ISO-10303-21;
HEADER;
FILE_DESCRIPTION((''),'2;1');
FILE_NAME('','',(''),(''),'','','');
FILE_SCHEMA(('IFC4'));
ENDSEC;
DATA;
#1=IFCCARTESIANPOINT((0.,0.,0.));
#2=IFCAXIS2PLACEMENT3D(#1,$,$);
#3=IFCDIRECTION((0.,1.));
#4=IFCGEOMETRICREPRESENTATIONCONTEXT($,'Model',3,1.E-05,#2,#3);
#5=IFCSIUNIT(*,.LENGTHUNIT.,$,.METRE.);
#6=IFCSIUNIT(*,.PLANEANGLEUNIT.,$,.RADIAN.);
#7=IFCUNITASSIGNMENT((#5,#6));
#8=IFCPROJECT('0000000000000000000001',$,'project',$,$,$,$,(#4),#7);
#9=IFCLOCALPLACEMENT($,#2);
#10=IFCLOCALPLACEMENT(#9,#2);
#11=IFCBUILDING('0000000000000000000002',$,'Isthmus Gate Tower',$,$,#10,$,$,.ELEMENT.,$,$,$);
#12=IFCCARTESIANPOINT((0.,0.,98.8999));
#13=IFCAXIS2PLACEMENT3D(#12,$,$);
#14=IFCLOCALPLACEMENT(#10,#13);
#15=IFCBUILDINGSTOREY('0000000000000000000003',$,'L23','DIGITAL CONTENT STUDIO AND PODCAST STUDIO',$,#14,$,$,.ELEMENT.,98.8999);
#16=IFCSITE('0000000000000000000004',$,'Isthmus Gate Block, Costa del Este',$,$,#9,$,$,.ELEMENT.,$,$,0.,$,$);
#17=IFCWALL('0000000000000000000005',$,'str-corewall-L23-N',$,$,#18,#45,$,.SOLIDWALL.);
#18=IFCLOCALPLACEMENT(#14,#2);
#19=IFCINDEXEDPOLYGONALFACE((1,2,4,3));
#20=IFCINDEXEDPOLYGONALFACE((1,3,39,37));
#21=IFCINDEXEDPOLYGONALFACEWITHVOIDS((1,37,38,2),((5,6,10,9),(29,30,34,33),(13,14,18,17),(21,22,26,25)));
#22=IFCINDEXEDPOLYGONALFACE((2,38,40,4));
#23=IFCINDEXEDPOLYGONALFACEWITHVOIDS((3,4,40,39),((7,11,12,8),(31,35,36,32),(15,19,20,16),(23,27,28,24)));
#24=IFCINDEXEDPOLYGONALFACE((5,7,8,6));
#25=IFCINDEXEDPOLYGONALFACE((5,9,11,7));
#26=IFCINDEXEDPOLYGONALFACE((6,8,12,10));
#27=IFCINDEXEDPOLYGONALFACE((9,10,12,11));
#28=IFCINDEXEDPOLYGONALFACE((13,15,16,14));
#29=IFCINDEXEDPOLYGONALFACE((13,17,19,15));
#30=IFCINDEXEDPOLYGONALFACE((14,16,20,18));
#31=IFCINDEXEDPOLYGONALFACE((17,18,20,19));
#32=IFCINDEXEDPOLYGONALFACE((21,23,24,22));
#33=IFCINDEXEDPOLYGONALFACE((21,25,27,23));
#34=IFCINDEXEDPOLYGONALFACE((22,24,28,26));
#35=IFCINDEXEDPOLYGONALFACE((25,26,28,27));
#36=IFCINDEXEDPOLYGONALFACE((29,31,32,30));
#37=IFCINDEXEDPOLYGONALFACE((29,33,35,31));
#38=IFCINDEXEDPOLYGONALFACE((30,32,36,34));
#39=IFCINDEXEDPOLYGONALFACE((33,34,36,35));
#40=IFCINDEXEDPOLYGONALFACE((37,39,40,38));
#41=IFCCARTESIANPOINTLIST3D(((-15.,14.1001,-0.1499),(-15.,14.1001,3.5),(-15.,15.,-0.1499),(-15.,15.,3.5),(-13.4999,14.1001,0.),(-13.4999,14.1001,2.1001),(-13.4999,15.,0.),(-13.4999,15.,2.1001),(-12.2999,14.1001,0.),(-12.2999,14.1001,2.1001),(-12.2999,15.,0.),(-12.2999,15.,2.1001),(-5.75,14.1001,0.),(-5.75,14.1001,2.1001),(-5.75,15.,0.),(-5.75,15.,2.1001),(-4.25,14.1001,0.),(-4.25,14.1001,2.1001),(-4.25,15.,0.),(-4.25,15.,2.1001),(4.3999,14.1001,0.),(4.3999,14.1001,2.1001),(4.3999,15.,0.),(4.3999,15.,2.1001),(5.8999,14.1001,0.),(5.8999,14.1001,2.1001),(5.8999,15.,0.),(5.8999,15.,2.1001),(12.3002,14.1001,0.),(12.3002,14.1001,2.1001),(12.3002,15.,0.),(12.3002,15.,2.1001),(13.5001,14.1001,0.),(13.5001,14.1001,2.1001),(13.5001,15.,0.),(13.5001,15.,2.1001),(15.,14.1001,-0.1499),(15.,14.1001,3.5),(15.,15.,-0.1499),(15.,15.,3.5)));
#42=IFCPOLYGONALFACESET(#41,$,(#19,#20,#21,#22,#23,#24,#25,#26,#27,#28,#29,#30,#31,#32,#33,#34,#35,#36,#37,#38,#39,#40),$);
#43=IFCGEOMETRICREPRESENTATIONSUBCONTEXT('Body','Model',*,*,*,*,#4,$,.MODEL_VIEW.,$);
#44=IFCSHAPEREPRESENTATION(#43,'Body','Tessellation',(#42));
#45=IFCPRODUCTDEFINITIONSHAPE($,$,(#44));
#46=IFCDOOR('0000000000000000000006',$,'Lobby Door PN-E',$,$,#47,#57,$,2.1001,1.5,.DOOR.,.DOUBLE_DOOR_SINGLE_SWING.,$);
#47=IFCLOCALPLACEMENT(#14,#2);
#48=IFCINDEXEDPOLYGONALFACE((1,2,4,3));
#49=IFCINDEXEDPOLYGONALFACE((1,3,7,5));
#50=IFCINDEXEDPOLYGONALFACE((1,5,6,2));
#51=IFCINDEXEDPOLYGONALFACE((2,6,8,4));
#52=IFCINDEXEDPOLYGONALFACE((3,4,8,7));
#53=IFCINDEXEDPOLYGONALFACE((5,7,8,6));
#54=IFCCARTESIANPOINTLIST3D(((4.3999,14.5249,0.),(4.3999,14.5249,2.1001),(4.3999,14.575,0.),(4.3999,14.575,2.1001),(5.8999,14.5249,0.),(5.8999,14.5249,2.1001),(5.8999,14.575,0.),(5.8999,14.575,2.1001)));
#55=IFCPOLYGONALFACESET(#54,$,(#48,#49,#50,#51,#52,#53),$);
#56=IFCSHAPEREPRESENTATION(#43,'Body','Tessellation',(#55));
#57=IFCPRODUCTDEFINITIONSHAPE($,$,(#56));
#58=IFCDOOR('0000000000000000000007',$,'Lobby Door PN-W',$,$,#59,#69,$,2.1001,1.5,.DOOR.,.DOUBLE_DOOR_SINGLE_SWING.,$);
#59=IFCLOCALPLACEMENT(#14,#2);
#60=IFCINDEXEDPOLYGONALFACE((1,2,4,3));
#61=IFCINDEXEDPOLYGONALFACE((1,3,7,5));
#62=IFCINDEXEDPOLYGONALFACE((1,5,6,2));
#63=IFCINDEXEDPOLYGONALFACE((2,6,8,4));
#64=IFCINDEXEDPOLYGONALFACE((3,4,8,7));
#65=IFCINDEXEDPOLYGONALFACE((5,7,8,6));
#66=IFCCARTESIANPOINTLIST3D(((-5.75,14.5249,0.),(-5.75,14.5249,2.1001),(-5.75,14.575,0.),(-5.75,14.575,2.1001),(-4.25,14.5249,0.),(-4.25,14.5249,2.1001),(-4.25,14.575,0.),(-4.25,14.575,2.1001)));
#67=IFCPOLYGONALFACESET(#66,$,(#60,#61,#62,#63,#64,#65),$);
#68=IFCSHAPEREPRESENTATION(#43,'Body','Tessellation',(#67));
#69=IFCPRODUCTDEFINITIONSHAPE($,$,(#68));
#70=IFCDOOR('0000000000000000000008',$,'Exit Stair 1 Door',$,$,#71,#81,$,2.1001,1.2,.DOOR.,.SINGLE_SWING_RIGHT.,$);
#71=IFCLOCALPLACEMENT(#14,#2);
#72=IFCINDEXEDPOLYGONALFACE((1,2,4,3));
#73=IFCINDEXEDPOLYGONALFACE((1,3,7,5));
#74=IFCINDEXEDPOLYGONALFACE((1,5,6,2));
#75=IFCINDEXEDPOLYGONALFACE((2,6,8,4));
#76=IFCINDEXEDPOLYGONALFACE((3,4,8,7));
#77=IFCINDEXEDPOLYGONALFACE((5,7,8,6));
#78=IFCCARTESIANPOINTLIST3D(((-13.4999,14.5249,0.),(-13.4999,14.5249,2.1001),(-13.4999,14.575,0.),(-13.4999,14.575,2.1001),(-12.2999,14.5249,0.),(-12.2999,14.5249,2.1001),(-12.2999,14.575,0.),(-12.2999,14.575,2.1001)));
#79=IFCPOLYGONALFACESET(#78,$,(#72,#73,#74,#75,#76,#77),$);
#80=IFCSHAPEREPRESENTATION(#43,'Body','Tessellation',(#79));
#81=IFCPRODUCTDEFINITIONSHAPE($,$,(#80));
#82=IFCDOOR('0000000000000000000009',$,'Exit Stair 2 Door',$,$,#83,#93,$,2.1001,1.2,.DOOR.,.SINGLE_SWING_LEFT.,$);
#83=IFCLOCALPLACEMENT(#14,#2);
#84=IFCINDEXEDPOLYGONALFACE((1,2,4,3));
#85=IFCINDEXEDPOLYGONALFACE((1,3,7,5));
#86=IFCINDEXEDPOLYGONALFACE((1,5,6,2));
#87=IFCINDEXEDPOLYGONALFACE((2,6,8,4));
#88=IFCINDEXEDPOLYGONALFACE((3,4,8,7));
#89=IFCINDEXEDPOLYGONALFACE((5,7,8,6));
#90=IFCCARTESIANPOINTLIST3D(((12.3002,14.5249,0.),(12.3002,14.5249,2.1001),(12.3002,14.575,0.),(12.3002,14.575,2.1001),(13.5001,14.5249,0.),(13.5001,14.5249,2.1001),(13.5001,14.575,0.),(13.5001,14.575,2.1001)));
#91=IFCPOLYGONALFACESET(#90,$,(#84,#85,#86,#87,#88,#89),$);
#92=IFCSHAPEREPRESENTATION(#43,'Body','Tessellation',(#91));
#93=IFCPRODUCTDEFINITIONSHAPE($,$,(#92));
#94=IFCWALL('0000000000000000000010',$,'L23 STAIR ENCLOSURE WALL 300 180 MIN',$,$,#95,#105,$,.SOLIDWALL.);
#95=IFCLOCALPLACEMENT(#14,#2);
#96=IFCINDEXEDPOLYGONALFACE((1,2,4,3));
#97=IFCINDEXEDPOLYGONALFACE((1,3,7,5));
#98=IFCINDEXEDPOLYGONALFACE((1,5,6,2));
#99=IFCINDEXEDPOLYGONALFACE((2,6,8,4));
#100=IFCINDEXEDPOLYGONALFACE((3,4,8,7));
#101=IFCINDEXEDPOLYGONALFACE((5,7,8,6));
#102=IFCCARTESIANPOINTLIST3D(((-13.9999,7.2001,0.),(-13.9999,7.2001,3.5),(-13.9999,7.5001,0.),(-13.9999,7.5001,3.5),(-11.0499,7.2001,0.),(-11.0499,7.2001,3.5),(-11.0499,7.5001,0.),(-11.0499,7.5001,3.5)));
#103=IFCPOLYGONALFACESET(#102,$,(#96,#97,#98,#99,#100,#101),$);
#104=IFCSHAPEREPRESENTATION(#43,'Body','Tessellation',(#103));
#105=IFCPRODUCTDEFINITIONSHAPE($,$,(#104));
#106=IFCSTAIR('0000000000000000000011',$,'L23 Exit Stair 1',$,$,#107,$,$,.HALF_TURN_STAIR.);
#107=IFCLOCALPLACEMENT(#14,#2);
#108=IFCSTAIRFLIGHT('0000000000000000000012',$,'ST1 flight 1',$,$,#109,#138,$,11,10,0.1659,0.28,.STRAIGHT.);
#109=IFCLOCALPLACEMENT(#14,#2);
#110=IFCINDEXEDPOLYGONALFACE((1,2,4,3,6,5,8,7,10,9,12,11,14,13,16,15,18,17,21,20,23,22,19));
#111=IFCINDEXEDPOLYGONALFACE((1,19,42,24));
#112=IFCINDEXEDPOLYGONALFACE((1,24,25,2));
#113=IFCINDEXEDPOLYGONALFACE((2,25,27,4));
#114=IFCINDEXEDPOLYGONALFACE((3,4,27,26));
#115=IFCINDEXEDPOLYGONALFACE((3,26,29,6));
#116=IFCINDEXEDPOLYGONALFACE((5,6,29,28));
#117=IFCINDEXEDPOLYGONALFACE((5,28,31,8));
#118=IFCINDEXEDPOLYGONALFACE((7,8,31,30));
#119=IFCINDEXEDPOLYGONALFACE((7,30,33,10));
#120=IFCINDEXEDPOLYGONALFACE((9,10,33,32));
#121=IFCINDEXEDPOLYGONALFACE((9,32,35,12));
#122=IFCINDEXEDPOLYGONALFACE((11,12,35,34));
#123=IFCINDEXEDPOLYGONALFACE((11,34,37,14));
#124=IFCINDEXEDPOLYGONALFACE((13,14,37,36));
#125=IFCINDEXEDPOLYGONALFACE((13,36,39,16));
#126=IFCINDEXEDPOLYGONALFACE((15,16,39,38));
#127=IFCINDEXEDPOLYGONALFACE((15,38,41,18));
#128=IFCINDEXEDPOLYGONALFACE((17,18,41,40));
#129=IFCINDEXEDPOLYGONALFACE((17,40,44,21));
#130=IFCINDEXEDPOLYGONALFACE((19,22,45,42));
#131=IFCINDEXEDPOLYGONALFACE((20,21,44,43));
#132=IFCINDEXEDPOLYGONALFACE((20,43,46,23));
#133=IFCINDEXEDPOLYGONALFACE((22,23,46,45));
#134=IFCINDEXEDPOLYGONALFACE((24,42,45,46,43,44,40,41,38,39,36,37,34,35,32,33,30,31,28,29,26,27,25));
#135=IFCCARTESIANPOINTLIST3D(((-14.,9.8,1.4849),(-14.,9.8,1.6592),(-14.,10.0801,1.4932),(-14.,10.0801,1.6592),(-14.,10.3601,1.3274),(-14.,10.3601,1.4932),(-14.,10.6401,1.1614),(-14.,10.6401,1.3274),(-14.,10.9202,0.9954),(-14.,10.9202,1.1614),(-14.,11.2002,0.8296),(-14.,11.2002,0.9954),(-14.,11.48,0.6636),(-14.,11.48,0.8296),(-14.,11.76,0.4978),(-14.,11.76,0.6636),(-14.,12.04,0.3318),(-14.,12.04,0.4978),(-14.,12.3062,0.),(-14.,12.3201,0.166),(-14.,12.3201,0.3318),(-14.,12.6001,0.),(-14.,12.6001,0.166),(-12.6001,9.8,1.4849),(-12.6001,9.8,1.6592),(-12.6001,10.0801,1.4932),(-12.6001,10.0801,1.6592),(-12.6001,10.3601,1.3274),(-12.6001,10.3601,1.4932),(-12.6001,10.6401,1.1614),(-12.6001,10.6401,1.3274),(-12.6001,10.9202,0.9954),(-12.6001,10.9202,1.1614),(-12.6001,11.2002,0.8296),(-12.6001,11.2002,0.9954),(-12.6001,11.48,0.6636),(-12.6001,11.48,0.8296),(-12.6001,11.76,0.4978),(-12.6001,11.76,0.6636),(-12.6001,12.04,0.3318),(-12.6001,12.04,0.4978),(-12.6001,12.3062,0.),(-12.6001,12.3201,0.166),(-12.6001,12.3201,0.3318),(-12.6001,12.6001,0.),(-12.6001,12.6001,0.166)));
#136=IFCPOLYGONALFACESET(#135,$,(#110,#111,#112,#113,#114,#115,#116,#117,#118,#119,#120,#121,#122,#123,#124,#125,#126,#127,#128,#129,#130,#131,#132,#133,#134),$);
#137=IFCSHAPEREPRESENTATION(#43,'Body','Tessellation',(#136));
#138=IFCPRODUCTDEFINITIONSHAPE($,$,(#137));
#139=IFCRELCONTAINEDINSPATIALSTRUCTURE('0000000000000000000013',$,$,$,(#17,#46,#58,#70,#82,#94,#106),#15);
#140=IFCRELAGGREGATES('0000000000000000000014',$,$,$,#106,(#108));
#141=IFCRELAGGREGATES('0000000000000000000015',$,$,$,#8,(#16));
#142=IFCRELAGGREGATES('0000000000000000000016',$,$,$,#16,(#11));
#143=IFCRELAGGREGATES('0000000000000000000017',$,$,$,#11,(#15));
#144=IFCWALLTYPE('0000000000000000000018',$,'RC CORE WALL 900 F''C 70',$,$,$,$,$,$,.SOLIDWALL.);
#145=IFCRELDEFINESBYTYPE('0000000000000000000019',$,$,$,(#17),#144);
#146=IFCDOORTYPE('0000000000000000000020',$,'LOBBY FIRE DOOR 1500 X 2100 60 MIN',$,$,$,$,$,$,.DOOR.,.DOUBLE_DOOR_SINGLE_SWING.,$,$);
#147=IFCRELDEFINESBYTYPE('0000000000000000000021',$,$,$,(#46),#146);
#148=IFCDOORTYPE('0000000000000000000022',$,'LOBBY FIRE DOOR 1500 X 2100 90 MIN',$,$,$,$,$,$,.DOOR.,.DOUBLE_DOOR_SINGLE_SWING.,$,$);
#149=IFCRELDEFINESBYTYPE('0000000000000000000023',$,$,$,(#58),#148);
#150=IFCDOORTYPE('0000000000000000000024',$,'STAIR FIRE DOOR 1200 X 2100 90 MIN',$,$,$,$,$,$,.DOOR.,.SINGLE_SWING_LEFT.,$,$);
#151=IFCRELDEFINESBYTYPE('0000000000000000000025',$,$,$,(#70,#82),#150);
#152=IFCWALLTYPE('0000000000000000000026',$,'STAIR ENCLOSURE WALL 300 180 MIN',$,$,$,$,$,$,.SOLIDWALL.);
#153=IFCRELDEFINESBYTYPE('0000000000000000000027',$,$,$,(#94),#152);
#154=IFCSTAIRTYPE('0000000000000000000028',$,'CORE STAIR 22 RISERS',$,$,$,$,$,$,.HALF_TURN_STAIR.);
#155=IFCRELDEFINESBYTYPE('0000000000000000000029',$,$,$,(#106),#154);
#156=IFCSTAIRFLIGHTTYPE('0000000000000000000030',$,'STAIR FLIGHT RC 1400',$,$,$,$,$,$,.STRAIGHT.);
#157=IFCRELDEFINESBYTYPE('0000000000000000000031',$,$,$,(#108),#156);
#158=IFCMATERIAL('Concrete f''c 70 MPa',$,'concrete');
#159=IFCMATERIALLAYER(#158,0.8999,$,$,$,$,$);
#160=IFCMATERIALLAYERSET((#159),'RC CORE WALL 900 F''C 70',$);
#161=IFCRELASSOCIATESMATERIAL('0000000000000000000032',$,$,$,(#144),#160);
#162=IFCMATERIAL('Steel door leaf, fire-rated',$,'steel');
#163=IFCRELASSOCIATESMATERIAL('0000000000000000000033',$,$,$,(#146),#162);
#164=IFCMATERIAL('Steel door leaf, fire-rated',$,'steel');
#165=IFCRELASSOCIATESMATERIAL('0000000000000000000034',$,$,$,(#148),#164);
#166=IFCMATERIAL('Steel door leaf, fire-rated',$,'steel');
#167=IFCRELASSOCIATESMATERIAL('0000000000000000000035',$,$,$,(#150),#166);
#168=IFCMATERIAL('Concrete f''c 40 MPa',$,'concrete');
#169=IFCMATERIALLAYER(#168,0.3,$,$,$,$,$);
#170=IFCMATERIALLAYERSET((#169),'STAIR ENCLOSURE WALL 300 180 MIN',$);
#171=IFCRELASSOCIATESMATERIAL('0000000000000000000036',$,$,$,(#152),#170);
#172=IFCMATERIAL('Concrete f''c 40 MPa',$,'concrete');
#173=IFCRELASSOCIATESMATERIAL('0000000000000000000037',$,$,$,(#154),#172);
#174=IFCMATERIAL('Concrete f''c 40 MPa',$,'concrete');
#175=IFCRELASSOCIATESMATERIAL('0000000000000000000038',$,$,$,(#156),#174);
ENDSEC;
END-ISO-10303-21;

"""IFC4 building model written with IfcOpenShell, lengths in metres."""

from ifc_helpers import new_model, si_unit, direction, frame, frame_2d, origin, place, context, subcontext, project, spatial, polyline, rectangle, outline, extrude, material, layer, layer_set, type_object, element, fill, aggregate, save


model = new_model("IFC4")

# Units and contexts
model_context = context("Model", 3, precision=1e-05, world=origin(), true_north=direction((0.0, 1.0)))
body_context = subcontext(model_context, "Body", "Model", "MODEL_VIEW")
ifc_project = project(units=[si_unit("LENGTHUNIT", "METRE"), si_unit("PLANEANGLEUNIT", "RADIAN")], contexts=[model_context])

# Site, building, storey
site_placement = place(None, origin())
site = spatial("IfcSite", under=ifc_project, at=site_placement, Name="Isthmus Gate Block, Costa del Este", CompositionType="ELEMENT", RefElevation=0.0)
building_placement = place(site_placement, origin())
building = spatial("IfcBuilding", under=site, at=building_placement, Name="Isthmus Gate Tower", CompositionType="ELEMENT")
storey_placement = place(building_placement, frame((0.0, 0.0, 98.8999)))
storey = spatial("IfcBuildingStorey", under=building, at=storey_placement, Name="L23", Description="DIGITAL CONTENT STUDIO AND PODCAST STUDIO", CompositionType="ELEMENT", Elevation=98.8999)

# Wall, openings, doors
ifc_material_1 = material(Name="Concrete f'c 70 MPa", Category="concrete")
ifc_layer_1 = layer(ifc_material_1, 0.8999)
ifc_layer_set_1 = layer_set([ifc_layer_1], Name="RC CORE WALL 900 F'C 70")
wall_type_1 = type_object("IfcWallType", Name="RC CORE WALL 900 F'C 70", PredefinedType="SOLIDWALL", material=ifc_layer_set_1)
wall_1_placement = place(storey_placement, frame((-15.0, 14.55, -0.1499), z_axis=(0.0, 0.0, 1.0), x_axis=(1.0, 0.0, 0.0)))
wall_1 = element("IfcWall", 1, at=wall_1_placement, inside=storey, type_object=wall_type_1, Name="str-corewall-L23-N", PredefinedType="SOLIDWALL", context=body_context, shape_type="SweptSolid", body=[
    extrude(rectangle(XDim=30.0, YDim=0.8999, at=frame_2d((15.0, 0.0))), origin(), (0.0, 0.0, 1.0), 3.6499),
])
opening_1_placement = place(wall_1_placement, frame((9.25, 0.0, 0.1499)))
opening_1 = element("IfcOpeningElement", 2, at=opening_1_placement, cuts=wall_1, PredefinedType="OPENING", context=body_context, shape_type="SweptSolid", body=[
    extrude(rectangle(XDim=1.5, YDim=2.1001, at=frame_2d((0.75, 1.05))), frame((0.0, 0.46, 0.0), z_axis=(0.0, -1.0, 0.0), x_axis=(1.0, 0.0, 0.0)), (0.0, 0.0, 1.0), 0.9199),
])
opening_2_placement = place(wall_1_placement, frame((19.3999, 0.0, 0.1499)))
opening_2 = element("IfcOpeningElement", 3, at=opening_2_placement, cuts=wall_1, PredefinedType="OPENING", context=body_context, shape_type="SweptSolid", body=[
    extrude(rectangle(XDim=1.5, YDim=2.1001, at=frame_2d((0.75, 1.05))), frame((0.0, 0.46, 0.0), z_axis=(0.0, -1.0, 0.0), x_axis=(1.0, 0.0, 0.0)), (0.0, 0.0, 1.0), 0.9199),
])
opening_3_placement = place(wall_1_placement, frame((1.5, 0.0, 0.1499)))
opening_3 = element("IfcOpeningElement", 4, at=opening_3_placement, cuts=wall_1, PredefinedType="OPENING", context=body_context, shape_type="SweptSolid", body=[
    extrude(rectangle(XDim=1.2, YDim=2.1001, at=frame_2d((0.6001, 1.05))), frame((0.0, 0.46, 0.0), z_axis=(0.0, -1.0, 0.0), x_axis=(1.0, 0.0, 0.0)), (0.0, 0.0, 1.0), 0.9199),
])
opening_4_placement = place(wall_1_placement, frame((27.3, 0.0, 0.1499)))
opening_4 = element("IfcOpeningElement", 5, at=opening_4_placement, cuts=wall_1, PredefinedType="OPENING", context=body_context, shape_type="SweptSolid", body=[
    extrude(rectangle(XDim=1.2, YDim=2.1001, at=frame_2d((0.6001, 1.05))), frame((0.0, 0.46, 0.0), z_axis=(0.0, -1.0, 0.0), x_axis=(1.0, 0.0, 0.0)), (0.0, 0.0, 1.0), 0.9199),
])
ifc_material_2 = material(Name="Steel door leaf, fire-rated", Category="steel")
door_type_1 = type_object("IfcDoorType", Name="LOBBY FIRE DOOR 1500 X 2100 60 MIN", OperationType="DOUBLE_DOOR_SINGLE_SWING", PredefinedType="DOOR", material=ifc_material_2)
door_1_placement = place(opening_2_placement, origin())
door_1 = element("IfcDoor", 6, at=door_1_placement, inside=storey, type_object=door_type_1, Name="Lobby Door PN-E", OperationType="DOUBLE_DOOR_SINGLE_SWING", OverallHeight=2.1001, OverallWidth=1.5, PredefinedType="DOOR", context=body_context, shape_type="SweptSolid", body=[
    extrude(rectangle(XDim=1.5, YDim=2.1001, at=frame_2d((0.75, 1.05))), frame((0.0, 0.0249, 0.0), z_axis=(0.0, -1.0, 0.0), x_axis=(1.0, 0.0, 0.0)), (0.0, 0.0, 1.0), 0.05),
])
fill(opening_2, door_1)
ifc_material_3 = material(Name="Steel door leaf, fire-rated", Category="steel")
door_type_2 = type_object("IfcDoorType", Name="LOBBY FIRE DOOR 1500 X 2100 90 MIN", OperationType="DOUBLE_DOOR_SINGLE_SWING", PredefinedType="DOOR", material=ifc_material_3)
door_2_placement = place(opening_1_placement, origin())
door_2 = element("IfcDoor", 7, at=door_2_placement, inside=storey, type_object=door_type_2, Name="Lobby Door PN-W", OperationType="DOUBLE_DOOR_SINGLE_SWING", OverallHeight=2.1001, OverallWidth=1.5, PredefinedType="DOOR", context=body_context, shape_type="SweptSolid", body=[
    extrude(rectangle(XDim=1.5, YDim=2.1001, at=frame_2d((0.75, 1.05))), frame((0.0, 0.0249, 0.0), z_axis=(0.0, -1.0, 0.0), x_axis=(1.0, 0.0, 0.0)), (0.0, 0.0, 1.0), 0.05),
])
fill(opening_1, door_2)
ifc_material_4 = material(Name="Steel door leaf, fire-rated", Category="steel")
door_type_3 = type_object("IfcDoorType", Name="STAIR FIRE DOOR 1200 X 2100 90 MIN", OperationType="SINGLE_SWING_LEFT", PredefinedType="DOOR", material=ifc_material_4)
door_3_placement = place(opening_3_placement, origin())
door_3 = element("IfcDoor", 8, at=door_3_placement, inside=storey, type_object=door_type_3, Name="Exit Stair 1 Door", OperationType="SINGLE_SWING_RIGHT", OverallHeight=2.1001, OverallWidth=1.2, PredefinedType="DOOR", context=body_context, shape_type="SweptSolid", body=[
    extrude(rectangle(XDim=1.2, YDim=2.1001, at=frame_2d((0.6001, 1.05))), frame((0.0, 0.0249, 0.0), z_axis=(0.0, -1.0, 0.0), x_axis=(1.0, 0.0, 0.0)), (0.0, 0.0, 1.0), 0.05),
])
fill(opening_3, door_3)
door_4_placement = place(opening_4_placement, origin())
door_4 = element("IfcDoor", 9, at=door_4_placement, inside=storey, type_object=door_type_3, Name="Exit Stair 2 Door", OperationType="SINGLE_SWING_LEFT", OverallHeight=2.1001, OverallWidth=1.2, PredefinedType="DOOR", context=body_context, shape_type="SweptSolid", body=[
    extrude(rectangle(XDim=1.2, YDim=2.1001, at=frame_2d((0.6001, 1.05))), frame((0.0, 0.0249, 0.0), z_axis=(0.0, -1.0, 0.0), x_axis=(1.0, 0.0, 0.0)), (0.0, 0.0, 1.0), 0.05),
])
fill(opening_4, door_4)

# Wall
ifc_material_5 = material(Name="Concrete f'c 40 MPa", Category="concrete")
ifc_layer_2 = layer(ifc_material_5, 0.3)
ifc_layer_set_2 = layer_set([ifc_layer_2], Name="STAIR ENCLOSURE WALL 300 180 MIN")
wall_type_2 = type_object("IfcWallType", Name="STAIR ENCLOSURE WALL 300 180 MIN", PredefinedType="SOLIDWALL", material=ifc_layer_set_2)
wall_2_placement = place(storey_placement, frame((-14.0, 7.3501, 0.0), z_axis=(0.0, 0.0, 1.0), x_axis=(1.0, 0.0, 0.0)))
element("IfcWall", 10, at=wall_2_placement, inside=storey, type_object=wall_type_2, Name="L23 STAIR ENCLOSURE WALL 300 180 MIN", PredefinedType="SOLIDWALL", context=body_context, shape_type="SweptSolid", body=[
    extrude(rectangle(XDim=2.95, YDim=0.3, at=frame_2d((1.4751, 0.0))), origin(), (0.0, 0.0, 1.0), 3.5),
])

# Stair, stair flight
ifc_material_6 = material(Name="Concrete f'c 40 MPa", Category="concrete")
stair_type = type_object("IfcStairType", Name="CORE STAIR 22 RISERS", PredefinedType="HALF_TURN_STAIR", material=ifc_material_6)
stair_placement = place(storey_placement, origin())
stair = element("IfcStair", 11, at=stair_placement, inside=storey, type_object=stair_type, Name="L23 Exit Stair 1", PredefinedType="HALF_TURN_STAIR")
ifc_material_7 = material(Name="Concrete f'c 40 MPa", Category="concrete")
stair_flight_type = type_object("IfcStairFlightType", Name="STAIR FLIGHT RC 1400", PredefinedType="STRAIGHT", material=ifc_material_7)
stair_flight_placement = place(storey_placement, frame((-13.3, 12.6001, 0.0), z_axis=(0.0, 0.0, 1.0), x_axis=(0.0, -1.0, 0.0)))
stair_flight = element("IfcStairFlight", 12, at=stair_flight_placement, type_object=stair_flight_type, Name="ST1 flight 1", NumberOfRisers=11, NumberOfTreads=10, PredefinedType="STRAIGHT", RiserHeight=0.1659, TreadLength=0.28, context=body_context, shape_type="SweptSolid", body=[
    extrude(outline(polyline([(0.0, 0.0), (0.0, 0.166), (0.28, 0.166), (0.28, 0.3318), (0.5601, 0.3318), (0.5601, 0.4978), (0.8401, 0.4978), (0.8401, 0.6636), (1.1201, 0.6636), (1.1201, 0.8296), (1.3999, 0.8296), (1.3999, 0.9954), (1.6799, 0.9954), (1.6799, 1.1614), (1.96, 1.1614), (1.96, 1.3274), (2.24, 1.3274), (2.24, 1.4932), (2.52, 1.4932), (2.52, 1.6592), (2.8, 1.6592), (2.8, 1.825), (2.8, 1.4849), (0.2939, 0.0), (0.0, 0.0)])), frame((0.0, 0.7, 0.0), z_axis=(0.0, -1.0, 0.0), x_axis=(1.0, 0.0, 0.0)), (0.0, 0.0, 1.0), 1.3999),
])
aggregate(stair, [stair_flight])

save(model, "model.ifc")
